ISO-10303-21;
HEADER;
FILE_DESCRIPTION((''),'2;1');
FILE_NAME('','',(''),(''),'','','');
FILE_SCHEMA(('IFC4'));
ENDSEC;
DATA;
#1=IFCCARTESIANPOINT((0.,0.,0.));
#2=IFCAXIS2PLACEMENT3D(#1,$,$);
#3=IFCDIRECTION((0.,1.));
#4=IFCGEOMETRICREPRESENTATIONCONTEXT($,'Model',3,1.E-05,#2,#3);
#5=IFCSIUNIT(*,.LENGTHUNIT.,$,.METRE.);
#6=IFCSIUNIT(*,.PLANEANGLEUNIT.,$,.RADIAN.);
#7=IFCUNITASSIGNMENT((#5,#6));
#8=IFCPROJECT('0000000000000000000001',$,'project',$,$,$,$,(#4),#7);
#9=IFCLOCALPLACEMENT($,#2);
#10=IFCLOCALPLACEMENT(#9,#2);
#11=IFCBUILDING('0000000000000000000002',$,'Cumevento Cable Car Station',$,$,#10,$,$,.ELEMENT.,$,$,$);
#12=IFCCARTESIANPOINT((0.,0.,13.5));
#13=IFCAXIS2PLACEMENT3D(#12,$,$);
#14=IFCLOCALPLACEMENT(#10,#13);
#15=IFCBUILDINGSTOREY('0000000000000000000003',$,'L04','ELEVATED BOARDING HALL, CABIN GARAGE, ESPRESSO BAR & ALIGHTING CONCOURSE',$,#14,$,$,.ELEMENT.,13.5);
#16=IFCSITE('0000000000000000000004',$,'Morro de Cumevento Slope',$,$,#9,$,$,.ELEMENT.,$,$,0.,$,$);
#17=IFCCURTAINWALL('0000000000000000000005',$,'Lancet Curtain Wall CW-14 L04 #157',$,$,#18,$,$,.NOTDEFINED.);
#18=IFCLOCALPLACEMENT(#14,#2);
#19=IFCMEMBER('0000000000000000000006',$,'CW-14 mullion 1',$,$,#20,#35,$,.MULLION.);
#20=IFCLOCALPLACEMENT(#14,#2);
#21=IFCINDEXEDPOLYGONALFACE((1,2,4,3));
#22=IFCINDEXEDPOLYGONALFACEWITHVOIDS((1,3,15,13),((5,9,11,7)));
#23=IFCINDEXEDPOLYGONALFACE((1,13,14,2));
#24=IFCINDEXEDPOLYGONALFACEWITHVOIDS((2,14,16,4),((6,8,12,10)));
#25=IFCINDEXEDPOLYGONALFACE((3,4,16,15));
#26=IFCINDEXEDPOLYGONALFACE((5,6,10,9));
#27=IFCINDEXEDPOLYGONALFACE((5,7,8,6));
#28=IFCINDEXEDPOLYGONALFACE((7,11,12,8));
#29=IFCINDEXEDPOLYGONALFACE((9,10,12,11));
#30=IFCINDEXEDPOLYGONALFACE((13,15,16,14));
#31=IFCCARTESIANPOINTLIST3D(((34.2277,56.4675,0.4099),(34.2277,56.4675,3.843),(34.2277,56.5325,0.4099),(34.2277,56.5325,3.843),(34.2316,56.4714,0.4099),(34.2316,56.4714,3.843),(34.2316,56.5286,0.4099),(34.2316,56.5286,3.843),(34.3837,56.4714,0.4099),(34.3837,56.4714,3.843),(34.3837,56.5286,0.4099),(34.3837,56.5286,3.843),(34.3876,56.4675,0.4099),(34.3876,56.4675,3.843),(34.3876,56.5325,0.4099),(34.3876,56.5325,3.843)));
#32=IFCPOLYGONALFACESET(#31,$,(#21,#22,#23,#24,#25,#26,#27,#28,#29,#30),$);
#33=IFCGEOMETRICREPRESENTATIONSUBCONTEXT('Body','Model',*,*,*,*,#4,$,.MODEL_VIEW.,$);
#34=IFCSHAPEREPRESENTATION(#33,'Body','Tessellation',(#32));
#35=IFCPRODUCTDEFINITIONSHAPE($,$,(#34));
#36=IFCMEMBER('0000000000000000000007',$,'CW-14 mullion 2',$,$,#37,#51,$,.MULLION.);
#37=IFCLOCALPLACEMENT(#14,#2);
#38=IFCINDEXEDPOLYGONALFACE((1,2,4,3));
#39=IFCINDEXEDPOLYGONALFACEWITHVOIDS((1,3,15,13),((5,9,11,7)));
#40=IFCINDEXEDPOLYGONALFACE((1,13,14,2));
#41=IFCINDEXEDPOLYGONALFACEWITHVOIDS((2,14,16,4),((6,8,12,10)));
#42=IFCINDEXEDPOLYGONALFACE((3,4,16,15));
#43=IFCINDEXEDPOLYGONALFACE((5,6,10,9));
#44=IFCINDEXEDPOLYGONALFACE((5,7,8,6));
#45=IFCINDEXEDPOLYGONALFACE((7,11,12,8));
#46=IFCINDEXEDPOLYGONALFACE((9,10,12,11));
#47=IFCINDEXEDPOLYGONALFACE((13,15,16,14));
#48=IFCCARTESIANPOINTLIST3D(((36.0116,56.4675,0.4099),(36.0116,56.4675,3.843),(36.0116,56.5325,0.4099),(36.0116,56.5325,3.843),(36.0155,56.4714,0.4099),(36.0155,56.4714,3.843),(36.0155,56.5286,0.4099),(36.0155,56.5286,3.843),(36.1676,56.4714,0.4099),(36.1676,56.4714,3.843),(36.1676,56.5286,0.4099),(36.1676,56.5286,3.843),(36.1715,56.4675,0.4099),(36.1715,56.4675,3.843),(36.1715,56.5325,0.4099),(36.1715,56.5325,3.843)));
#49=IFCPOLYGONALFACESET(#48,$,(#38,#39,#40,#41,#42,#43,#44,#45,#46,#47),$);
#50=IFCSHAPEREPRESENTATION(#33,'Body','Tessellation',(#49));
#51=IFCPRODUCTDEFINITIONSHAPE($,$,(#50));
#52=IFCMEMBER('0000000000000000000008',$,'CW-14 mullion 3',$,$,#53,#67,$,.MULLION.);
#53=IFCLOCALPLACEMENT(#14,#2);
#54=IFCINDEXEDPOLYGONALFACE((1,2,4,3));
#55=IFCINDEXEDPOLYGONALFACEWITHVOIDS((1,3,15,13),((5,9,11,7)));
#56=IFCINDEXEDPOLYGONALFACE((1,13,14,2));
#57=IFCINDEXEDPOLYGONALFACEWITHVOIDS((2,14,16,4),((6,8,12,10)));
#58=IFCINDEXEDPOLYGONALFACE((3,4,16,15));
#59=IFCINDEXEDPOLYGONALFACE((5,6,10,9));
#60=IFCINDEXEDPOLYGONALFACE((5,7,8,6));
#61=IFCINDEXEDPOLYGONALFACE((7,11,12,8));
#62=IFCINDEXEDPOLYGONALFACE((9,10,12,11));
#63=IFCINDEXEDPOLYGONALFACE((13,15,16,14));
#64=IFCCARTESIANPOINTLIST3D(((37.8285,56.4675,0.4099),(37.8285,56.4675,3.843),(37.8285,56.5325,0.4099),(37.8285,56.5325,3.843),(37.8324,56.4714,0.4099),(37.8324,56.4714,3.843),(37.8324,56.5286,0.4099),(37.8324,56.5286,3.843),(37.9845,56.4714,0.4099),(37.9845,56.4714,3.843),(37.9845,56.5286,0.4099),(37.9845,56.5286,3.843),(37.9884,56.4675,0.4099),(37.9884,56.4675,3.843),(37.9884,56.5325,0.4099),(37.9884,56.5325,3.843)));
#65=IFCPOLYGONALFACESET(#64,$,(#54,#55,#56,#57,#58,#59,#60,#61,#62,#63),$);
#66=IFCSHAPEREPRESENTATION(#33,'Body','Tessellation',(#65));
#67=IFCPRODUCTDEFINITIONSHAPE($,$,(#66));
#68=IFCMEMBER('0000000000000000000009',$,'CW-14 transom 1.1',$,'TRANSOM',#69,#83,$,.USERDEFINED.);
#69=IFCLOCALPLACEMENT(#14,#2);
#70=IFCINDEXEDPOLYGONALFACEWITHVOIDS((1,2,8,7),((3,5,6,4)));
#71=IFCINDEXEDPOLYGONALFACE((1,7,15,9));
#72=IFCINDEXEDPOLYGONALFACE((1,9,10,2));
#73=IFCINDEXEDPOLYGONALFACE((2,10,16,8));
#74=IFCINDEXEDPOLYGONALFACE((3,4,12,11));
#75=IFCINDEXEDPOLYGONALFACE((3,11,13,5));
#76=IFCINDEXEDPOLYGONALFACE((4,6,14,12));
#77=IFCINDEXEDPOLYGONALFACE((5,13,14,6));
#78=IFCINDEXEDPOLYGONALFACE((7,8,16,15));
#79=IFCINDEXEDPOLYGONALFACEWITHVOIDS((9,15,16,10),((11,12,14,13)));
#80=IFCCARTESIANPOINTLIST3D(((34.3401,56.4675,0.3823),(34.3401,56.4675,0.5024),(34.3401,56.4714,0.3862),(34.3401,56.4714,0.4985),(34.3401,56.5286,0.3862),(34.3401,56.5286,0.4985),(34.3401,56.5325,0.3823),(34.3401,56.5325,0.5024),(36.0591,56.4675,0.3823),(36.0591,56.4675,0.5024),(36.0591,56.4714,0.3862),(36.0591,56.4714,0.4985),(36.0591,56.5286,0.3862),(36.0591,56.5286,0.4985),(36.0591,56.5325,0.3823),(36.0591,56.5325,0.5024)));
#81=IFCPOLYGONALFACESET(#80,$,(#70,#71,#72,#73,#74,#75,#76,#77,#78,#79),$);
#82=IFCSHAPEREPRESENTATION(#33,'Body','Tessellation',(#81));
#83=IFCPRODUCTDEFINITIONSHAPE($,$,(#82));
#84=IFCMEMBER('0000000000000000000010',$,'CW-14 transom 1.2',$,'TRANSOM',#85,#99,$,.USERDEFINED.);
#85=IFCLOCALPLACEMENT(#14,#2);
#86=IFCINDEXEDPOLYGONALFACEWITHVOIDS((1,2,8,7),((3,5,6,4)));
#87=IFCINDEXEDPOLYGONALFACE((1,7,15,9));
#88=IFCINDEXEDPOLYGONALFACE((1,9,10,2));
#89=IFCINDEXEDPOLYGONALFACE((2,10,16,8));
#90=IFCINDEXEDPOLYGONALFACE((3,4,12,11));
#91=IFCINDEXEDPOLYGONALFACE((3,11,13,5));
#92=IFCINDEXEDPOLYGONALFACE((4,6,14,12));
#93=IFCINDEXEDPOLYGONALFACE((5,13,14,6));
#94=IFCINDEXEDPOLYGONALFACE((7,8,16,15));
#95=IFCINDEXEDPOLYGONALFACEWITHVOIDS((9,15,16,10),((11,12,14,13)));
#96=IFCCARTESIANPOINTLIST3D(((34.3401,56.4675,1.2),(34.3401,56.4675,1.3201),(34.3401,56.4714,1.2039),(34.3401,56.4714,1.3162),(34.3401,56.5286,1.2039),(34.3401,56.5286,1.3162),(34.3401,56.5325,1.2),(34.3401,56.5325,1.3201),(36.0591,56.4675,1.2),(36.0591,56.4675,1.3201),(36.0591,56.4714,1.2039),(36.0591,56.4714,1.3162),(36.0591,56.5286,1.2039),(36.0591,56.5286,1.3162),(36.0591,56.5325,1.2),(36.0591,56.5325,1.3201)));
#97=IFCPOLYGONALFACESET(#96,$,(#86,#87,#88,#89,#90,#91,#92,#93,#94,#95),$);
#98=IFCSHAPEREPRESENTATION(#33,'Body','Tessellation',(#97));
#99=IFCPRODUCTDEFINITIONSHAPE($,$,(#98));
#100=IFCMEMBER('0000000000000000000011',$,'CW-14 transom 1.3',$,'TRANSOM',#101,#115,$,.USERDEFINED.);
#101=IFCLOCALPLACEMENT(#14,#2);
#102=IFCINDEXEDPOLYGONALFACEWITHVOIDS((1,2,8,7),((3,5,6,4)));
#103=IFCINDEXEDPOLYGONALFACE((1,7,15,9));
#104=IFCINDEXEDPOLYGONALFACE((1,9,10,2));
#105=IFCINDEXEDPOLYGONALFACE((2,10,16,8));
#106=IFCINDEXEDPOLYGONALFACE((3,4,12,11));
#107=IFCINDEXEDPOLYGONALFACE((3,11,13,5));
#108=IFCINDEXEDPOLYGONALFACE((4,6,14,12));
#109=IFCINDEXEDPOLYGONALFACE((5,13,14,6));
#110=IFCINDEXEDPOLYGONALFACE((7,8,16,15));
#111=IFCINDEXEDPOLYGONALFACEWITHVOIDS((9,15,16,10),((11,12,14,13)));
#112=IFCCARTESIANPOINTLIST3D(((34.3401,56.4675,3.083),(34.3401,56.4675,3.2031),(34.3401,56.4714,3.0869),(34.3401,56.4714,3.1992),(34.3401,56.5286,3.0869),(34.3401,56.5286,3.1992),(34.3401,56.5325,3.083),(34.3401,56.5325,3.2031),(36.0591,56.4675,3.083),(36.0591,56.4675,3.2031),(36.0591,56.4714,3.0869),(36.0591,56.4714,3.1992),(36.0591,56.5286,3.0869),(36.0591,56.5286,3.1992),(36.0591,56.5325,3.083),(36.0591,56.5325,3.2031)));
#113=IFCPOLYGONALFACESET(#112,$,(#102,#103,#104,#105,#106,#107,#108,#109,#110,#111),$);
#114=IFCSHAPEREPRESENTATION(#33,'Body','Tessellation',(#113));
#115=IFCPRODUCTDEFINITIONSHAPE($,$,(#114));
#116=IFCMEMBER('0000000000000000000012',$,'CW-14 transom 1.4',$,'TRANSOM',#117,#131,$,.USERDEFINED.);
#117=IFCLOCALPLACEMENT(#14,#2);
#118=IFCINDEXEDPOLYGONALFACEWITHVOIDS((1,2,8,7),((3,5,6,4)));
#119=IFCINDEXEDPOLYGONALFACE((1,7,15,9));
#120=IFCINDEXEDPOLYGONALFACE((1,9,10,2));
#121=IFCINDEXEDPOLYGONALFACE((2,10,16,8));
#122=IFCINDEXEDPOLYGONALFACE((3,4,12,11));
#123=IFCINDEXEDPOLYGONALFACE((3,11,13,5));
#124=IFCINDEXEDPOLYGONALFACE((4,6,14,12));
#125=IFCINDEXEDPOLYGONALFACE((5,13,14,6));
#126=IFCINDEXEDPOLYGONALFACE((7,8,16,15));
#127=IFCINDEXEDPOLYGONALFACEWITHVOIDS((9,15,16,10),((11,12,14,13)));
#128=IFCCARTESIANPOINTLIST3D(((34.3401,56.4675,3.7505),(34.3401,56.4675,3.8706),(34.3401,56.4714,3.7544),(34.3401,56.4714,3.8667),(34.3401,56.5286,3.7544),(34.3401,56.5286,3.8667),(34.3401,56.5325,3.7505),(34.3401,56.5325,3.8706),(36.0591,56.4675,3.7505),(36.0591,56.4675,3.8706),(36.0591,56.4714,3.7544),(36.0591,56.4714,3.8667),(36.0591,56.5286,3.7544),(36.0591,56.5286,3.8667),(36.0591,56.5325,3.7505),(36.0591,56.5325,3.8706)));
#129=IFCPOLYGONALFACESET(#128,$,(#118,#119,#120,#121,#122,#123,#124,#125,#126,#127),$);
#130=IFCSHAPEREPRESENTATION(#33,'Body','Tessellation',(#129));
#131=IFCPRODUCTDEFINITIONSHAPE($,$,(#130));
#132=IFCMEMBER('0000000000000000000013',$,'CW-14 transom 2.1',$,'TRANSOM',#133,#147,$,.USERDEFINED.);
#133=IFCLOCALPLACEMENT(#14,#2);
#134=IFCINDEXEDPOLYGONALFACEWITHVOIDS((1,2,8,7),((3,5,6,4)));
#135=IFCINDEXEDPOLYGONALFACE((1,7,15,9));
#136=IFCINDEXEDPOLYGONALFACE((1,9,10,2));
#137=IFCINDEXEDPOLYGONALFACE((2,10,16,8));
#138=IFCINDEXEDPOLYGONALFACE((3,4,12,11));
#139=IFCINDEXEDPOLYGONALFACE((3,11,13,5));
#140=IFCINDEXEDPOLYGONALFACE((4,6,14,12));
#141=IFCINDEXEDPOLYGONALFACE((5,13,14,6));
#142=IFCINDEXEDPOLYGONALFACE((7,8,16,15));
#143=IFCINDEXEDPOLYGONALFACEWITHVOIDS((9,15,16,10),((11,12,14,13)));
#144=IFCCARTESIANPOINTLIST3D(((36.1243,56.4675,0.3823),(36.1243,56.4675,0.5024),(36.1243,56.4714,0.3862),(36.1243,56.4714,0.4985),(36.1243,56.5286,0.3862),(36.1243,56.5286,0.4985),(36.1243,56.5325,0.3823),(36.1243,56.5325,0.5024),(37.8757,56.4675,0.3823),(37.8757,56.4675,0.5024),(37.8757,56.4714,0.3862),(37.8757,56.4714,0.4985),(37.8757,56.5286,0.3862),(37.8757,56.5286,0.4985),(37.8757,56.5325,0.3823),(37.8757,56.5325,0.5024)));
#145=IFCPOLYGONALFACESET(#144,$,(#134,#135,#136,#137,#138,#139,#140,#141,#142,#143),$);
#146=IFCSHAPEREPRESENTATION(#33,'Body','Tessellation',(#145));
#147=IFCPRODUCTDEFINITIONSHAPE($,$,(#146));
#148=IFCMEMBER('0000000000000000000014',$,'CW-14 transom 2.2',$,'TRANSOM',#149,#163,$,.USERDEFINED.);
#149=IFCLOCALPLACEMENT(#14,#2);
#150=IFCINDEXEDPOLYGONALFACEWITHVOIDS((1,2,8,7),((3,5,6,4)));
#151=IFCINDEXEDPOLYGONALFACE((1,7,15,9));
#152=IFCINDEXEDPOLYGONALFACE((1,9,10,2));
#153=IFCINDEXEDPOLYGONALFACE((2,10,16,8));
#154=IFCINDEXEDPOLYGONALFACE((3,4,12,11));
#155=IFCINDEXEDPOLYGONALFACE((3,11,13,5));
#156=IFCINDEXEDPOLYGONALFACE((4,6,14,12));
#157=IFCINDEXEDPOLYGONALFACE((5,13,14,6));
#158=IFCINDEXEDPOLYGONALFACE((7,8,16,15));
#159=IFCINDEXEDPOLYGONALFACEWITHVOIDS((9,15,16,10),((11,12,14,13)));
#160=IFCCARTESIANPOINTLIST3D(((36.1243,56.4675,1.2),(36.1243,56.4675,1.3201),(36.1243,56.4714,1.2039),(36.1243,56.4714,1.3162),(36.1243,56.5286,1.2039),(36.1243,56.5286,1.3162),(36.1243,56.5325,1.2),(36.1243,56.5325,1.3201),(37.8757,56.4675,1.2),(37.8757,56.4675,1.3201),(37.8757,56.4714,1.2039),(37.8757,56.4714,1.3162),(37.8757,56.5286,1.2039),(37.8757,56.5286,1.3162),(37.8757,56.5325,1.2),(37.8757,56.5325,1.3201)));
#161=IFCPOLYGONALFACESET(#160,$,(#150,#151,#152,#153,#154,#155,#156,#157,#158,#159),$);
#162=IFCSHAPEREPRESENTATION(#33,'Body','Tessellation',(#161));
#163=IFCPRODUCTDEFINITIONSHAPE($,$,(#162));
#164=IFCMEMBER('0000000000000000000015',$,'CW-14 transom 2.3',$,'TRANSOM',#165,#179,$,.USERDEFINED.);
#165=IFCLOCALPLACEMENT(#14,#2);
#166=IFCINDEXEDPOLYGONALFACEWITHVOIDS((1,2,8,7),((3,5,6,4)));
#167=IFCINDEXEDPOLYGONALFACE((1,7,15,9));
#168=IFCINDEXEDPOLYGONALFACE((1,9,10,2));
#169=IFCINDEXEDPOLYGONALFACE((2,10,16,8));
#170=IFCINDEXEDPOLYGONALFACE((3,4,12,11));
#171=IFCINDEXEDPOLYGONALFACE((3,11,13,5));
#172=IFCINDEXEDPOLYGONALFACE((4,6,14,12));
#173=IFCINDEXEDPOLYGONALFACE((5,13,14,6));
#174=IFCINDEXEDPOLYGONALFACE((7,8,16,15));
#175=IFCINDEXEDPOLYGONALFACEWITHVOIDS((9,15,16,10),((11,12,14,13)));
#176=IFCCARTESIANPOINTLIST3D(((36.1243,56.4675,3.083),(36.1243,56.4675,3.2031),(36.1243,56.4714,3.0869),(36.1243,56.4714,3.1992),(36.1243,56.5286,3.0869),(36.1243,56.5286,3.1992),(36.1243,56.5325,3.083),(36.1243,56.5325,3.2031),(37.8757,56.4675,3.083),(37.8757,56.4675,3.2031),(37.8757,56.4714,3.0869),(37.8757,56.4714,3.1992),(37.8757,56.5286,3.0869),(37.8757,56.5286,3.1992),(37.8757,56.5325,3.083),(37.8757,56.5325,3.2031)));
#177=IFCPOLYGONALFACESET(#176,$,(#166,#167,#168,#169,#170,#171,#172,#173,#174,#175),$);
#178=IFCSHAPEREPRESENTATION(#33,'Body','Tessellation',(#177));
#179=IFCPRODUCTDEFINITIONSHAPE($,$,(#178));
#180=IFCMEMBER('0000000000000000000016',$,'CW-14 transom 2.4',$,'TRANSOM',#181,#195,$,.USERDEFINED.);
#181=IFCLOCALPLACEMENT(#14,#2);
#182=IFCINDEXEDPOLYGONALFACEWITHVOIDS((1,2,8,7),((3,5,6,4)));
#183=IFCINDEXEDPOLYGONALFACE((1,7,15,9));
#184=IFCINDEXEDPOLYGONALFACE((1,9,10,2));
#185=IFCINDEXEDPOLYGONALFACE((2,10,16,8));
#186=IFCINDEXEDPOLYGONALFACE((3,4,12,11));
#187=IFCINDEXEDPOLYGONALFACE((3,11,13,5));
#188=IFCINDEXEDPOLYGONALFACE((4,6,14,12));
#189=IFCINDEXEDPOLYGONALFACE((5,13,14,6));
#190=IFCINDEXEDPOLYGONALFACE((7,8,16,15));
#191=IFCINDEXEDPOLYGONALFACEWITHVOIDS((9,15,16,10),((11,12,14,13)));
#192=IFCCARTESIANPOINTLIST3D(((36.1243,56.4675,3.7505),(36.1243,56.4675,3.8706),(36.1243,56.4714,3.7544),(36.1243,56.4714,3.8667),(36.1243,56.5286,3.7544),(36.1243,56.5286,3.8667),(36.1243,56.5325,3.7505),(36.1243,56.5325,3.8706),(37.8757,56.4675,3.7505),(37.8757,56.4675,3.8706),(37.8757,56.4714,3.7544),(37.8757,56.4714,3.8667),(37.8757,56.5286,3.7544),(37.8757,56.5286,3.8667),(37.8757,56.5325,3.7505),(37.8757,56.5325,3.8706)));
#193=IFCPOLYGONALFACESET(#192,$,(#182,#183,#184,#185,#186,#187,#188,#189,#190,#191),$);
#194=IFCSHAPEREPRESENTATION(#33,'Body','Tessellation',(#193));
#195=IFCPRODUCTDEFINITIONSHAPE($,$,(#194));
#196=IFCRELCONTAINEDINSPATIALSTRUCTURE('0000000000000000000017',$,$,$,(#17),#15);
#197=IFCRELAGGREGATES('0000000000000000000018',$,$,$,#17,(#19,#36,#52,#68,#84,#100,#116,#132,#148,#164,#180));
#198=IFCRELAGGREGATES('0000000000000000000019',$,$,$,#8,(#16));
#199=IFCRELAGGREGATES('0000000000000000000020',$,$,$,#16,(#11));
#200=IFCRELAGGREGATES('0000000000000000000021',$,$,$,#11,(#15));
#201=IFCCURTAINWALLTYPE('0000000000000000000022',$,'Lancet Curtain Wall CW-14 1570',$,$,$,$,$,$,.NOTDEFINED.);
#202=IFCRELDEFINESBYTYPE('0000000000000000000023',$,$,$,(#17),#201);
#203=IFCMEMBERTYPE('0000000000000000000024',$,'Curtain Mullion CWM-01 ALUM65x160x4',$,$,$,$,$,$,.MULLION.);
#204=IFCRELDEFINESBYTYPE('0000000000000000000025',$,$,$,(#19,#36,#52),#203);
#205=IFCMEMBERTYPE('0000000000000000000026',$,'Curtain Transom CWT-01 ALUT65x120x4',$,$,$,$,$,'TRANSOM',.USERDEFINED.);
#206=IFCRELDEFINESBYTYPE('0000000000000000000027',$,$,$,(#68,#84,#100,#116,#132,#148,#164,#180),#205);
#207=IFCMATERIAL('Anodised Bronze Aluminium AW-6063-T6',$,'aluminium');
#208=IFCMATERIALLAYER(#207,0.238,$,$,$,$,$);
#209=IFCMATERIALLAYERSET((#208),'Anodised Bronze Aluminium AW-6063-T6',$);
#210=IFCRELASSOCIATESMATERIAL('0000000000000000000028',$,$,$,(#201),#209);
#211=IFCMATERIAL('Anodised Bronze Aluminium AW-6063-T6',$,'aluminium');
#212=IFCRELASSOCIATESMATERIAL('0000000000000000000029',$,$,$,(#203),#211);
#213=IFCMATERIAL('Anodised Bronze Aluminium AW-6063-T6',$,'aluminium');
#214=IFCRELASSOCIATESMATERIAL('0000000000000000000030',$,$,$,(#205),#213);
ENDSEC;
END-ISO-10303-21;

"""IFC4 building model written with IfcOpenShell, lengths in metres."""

from ifc_helpers import new_model, si_unit, direction, frame, origin, origin_2d, place, context, subcontext, project, spatial, hollow_rectangle, extrude, material, layer, layer_set, material_profile, profile_set, type_object, element, aggregate, save


model = new_model("IFC4")

# Units and contexts
model_context = context("Model", 3, precision=1e-05, world=origin(), true_north=direction((0.0, 1.0)))
body_context = subcontext(model_context, "Body", "Model", "MODEL_VIEW")
ifc_project = project(units=[si_unit("LENGTHUNIT", "METRE"), si_unit("PLANEANGLEUNIT", "RADIAN")], contexts=[model_context])

# Site, building, storey
site_placement = place(None, origin())
site = spatial("IfcSite", under=ifc_project, at=site_placement, Name="Morro de Cumevento Slope", CompositionType="ELEMENT", RefElevation=0.0)
building_placement = place(site_placement, origin())
building = spatial("IfcBuilding", under=site, at=building_placement, Name="Cumevento Cable Car Station", CompositionType="ELEMENT")
storey_placement = place(building_placement, frame((0.0, 0.0, 13.5)))
storey = spatial("IfcBuildingStorey", under=building, at=storey_placement, Name="L04", Description="ELEVATED BOARDING HALL, CABIN GARAGE, ESPRESSO BAR & ALIGHTING CONCOURSE", CompositionType="ELEMENT", Elevation=13.5)

# Curtain wall, members
ifc_material_1 = material(Name="Anodised Bronze Aluminium AW-6063-T6", Category="aluminium")
ifc_layer_1 = layer(ifc_material_1, 0.238)
ifc_layer_set_1 = layer_set([ifc_layer_1], Name="Anodised Bronze Aluminium AW-6063-T6")
curtain_wall_type = type_object("IfcCurtainWallType", Name="Lancet Curtain Wall CW-14 1570", PredefinedType="NOTDEFINED", material=ifc_layer_set_1)
curtain_wall_placement = place(storey_placement, origin())
curtain_wall = element("IfcCurtainWall", 1, at=curtain_wall_placement, inside=storey, type_object=curtain_wall_type, Name="Lancet Curtain Wall CW-14 L04 #157", PredefinedType="NOTDEFINED")
ifc_material_2 = material(Name="Anodised Bronze Aluminium AW-6063-T6", Category="aluminium")
ifc_material_profile_1 = material_profile(ifc_material_2, hollow_rectangle(XDim=0.0649, YDim=0.1599, WallThickness=0.0039, at=origin_2d()), Name="ALUM65x160x4")
ifc_profile_set_1 = profile_set([ifc_material_profile_1], Name="Anodised Bronze Aluminium AW-6063-T6")
member_type_1 = type_object("IfcMemberType", Name="Curtain Mullion CWM-01 ALUM65x160x4", PredefinedType="MULLION", material=ifc_profile_set_1)
member_1_placement = place(storey_placement, frame((34.3076, 56.5, 0.4099), z_axis=(0.0, 0.0, 1.0), x_axis=(0.0, 1.0, 0.0)))
member_1 = element("IfcMember", 2, at=member_1_placement, type_object=member_type_1, Name="CW-14 mullion 1", PredefinedType="MULLION", context=body_context, shape_type="SweptSolid", body=[
    extrude(hollow_rectangle(XDim=0.0649, YDim=0.1599, WallThickness=0.0039, at=origin_2d()), origin(), (0.0, 0.0, 1.0), 3.4331),
])
member_2_placement = place(storey_placement, frame((36.0916, 56.5, 0.4099), z_axis=(0.0, 0.0, 1.0), x_axis=(0.0, 1.0, 0.0)))
member_2 = element("IfcMember", 3, at=member_2_placement, type_object=member_type_1, Name="CW-14 mullion 2", PredefinedType="MULLION", context=body_context, shape_type="SweptSolid", body=[
    extrude(hollow_rectangle(XDim=0.0649, YDim=0.1599, WallThickness=0.0039, at=origin_2d()), origin(), (0.0, 0.0, 1.0), 3.4331),
])
member_3_placement = place(storey_placement, frame((37.9084, 56.5, 0.4099), z_axis=(0.0, 0.0, 1.0), x_axis=(0.0, 1.0, 0.0)))
member_3 = element("IfcMember", 4, at=member_3_placement, type_object=member_type_1, Name="CW-14 mullion 3", PredefinedType="MULLION", context=body_context, shape_type="SweptSolid", body=[
    extrude(hollow_rectangle(XDim=0.0649, YDim=0.1599, WallThickness=0.0039, at=origin_2d()), origin(), (0.0, 0.0, 1.0), 3.4331),
])
ifc_material_3 = material(Name="Anodised Bronze Aluminium AW-6063-T6", Category="aluminium")
ifc_material_profile_2 = material_profile(ifc_material_3, hollow_rectangle(XDim=0.0649, YDim=0.1201, WallThickness=0.0039, at=origin_2d()), Name="ALUT65x120x4")
ifc_profile_set_2 = profile_set([ifc_material_profile_2], Name="Anodised Bronze Aluminium AW-6063-T6")
member_type_2 = type_object("IfcMemberType", Name="Curtain Transom CWT-01 ALUT65x120x4", ElementType="TRANSOM", PredefinedType="USERDEFINED", material=ifc_profile_set_2)
member_4_placement = place(storey_placement, frame((34.3401, 56.5, 0.4424), z_axis=(1.0, 0.0, 0.0), x_axis=(0.0, 1.0, 0.0)))
member_4 = element("IfcMember", 5, at=member_4_placement, type_object=member_type_2, Name="CW-14 transom 1.1", ObjectType="TRANSOM", PredefinedType="USERDEFINED", context=body_context, shape_type="SweptSolid", body=[
    extrude(hollow_rectangle(XDim=0.0649, YDim=0.1201, WallThickness=0.0039, at=origin_2d()), origin(), (0.0, 0.0, 1.0), 1.719),
])
member_5_placement = place(storey_placement, frame((34.3401, 56.5, 1.26), z_axis=(1.0, 0.0, 0.0), x_axis=(0.0, 1.0, 0.0)))
member_5 = element("IfcMember", 6, at=member_5_placement, type_object=member_type_2, Name="CW-14 transom 1.2", ObjectType="TRANSOM", PredefinedType="USERDEFINED", context=body_context, shape_type="SweptSolid", body=[
    extrude(hollow_rectangle(XDim=0.0649, YDim=0.1201, WallThickness=0.0039, at=origin_2d()), origin(), (0.0, 0.0, 1.0), 1.719),
])
member_6_placement = place(storey_placement, frame((34.3401, 56.5, 3.1431), z_axis=(1.0, 0.0, 0.0), x_axis=(0.0, 1.0, 0.0)))
member_6 = element("IfcMember", 7, at=member_6_placement, type_object=member_type_2, Name="CW-14 transom 1.3", ObjectType="TRANSOM", PredefinedType="USERDEFINED", context=body_context, shape_type="SweptSolid", body=[
    extrude(hollow_rectangle(XDim=0.0649, YDim=0.1201, WallThickness=0.0039, at=origin_2d()), origin(), (0.0, 0.0, 1.0), 1.719),
])
member_7_placement = place(storey_placement, frame((34.3401, 56.5, 3.8105), z_axis=(1.0, 0.0, 0.0), x_axis=(0.0, 1.0, 0.0)))
member_7 = element("IfcMember", 8, at=member_7_placement, type_object=member_type_2, Name="CW-14 transom 1.4", ObjectType="TRANSOM", PredefinedType="USERDEFINED", context=body_context, shape_type="SweptSolid", body=[
    extrude(hollow_rectangle(XDim=0.0649, YDim=0.1201, WallThickness=0.0039, at=origin_2d()), origin(), (0.0, 0.0, 1.0), 1.719),
])
member_8_placement = place(storey_placement, frame((36.1243, 56.5, 0.4424), z_axis=(1.0, 0.0, 0.0), x_axis=(0.0, 1.0, 0.0)))
member_8 = element("IfcMember", 9, at=member_8_placement, type_object=member_type_2, Name="CW-14 transom 2.1", ObjectType="TRANSOM", PredefinedType="USERDEFINED", context=body_context, shape_type="SweptSolid", body=[
    extrude(hollow_rectangle(XDim=0.0649, YDim=0.1201, WallThickness=0.0039, at=origin_2d()), origin(), (0.0, 0.0, 1.0), 1.7515),
])
member_9_placement = place(storey_placement, frame((36.1243, 56.5, 1.26), z_axis=(1.0, 0.0, 0.0), x_axis=(0.0, 1.0, 0.0)))
member_9 = element("IfcMember", 10, at=member_9_placement, type_object=member_type_2, Name="CW-14 transom 2.2", ObjectType="TRANSOM", PredefinedType="USERDEFINED", context=body_context, shape_type="SweptSolid", body=[
    extrude(hollow_rectangle(XDim=0.0649, YDim=0.1201, WallThickness=0.0039, at=origin_2d()), origin(), (0.0, 0.0, 1.0), 1.7515),
])
member_10_placement = place(storey_placement, frame((36.1243, 56.5, 3.1431), z_axis=(1.0, 0.0, 0.0), x_axis=(0.0, 1.0, 0.0)))
member_10 = element("IfcMember", 11, at=member_10_placement, type_object=member_type_2, Name="CW-14 transom 2.3", ObjectType="TRANSOM", PredefinedType="USERDEFINED", context=body_context, shape_type="SweptSolid", body=[
    extrude(hollow_rectangle(XDim=0.0649, YDim=0.1201, WallThickness=0.0039, at=origin_2d()), origin(), (0.0, 0.0, 1.0), 1.7515),
])
member_11_placement = place(storey_placement, frame((36.1243, 56.5, 3.8105), z_axis=(1.0, 0.0, 0.0), x_axis=(0.0, 1.0, 0.0)))
member_11 = element("IfcMember", 12, at=member_11_placement, type_object=member_type_2, Name="CW-14 transom 2.4", ObjectType="TRANSOM", PredefinedType="USERDEFINED", context=body_context, shape_type="SweptSolid", body=[
    extrude(hollow_rectangle(XDim=0.0649, YDim=0.1201, WallThickness=0.0039, at=origin_2d()), origin(), (0.0, 0.0, 1.0), 1.7515),
])

aggregate(curtain_wall, [member_1, member_2, member_3, member_4, member_5, member_6, member_7, member_8, member_9, member_10, member_11])

save(model, "model.ifc")
